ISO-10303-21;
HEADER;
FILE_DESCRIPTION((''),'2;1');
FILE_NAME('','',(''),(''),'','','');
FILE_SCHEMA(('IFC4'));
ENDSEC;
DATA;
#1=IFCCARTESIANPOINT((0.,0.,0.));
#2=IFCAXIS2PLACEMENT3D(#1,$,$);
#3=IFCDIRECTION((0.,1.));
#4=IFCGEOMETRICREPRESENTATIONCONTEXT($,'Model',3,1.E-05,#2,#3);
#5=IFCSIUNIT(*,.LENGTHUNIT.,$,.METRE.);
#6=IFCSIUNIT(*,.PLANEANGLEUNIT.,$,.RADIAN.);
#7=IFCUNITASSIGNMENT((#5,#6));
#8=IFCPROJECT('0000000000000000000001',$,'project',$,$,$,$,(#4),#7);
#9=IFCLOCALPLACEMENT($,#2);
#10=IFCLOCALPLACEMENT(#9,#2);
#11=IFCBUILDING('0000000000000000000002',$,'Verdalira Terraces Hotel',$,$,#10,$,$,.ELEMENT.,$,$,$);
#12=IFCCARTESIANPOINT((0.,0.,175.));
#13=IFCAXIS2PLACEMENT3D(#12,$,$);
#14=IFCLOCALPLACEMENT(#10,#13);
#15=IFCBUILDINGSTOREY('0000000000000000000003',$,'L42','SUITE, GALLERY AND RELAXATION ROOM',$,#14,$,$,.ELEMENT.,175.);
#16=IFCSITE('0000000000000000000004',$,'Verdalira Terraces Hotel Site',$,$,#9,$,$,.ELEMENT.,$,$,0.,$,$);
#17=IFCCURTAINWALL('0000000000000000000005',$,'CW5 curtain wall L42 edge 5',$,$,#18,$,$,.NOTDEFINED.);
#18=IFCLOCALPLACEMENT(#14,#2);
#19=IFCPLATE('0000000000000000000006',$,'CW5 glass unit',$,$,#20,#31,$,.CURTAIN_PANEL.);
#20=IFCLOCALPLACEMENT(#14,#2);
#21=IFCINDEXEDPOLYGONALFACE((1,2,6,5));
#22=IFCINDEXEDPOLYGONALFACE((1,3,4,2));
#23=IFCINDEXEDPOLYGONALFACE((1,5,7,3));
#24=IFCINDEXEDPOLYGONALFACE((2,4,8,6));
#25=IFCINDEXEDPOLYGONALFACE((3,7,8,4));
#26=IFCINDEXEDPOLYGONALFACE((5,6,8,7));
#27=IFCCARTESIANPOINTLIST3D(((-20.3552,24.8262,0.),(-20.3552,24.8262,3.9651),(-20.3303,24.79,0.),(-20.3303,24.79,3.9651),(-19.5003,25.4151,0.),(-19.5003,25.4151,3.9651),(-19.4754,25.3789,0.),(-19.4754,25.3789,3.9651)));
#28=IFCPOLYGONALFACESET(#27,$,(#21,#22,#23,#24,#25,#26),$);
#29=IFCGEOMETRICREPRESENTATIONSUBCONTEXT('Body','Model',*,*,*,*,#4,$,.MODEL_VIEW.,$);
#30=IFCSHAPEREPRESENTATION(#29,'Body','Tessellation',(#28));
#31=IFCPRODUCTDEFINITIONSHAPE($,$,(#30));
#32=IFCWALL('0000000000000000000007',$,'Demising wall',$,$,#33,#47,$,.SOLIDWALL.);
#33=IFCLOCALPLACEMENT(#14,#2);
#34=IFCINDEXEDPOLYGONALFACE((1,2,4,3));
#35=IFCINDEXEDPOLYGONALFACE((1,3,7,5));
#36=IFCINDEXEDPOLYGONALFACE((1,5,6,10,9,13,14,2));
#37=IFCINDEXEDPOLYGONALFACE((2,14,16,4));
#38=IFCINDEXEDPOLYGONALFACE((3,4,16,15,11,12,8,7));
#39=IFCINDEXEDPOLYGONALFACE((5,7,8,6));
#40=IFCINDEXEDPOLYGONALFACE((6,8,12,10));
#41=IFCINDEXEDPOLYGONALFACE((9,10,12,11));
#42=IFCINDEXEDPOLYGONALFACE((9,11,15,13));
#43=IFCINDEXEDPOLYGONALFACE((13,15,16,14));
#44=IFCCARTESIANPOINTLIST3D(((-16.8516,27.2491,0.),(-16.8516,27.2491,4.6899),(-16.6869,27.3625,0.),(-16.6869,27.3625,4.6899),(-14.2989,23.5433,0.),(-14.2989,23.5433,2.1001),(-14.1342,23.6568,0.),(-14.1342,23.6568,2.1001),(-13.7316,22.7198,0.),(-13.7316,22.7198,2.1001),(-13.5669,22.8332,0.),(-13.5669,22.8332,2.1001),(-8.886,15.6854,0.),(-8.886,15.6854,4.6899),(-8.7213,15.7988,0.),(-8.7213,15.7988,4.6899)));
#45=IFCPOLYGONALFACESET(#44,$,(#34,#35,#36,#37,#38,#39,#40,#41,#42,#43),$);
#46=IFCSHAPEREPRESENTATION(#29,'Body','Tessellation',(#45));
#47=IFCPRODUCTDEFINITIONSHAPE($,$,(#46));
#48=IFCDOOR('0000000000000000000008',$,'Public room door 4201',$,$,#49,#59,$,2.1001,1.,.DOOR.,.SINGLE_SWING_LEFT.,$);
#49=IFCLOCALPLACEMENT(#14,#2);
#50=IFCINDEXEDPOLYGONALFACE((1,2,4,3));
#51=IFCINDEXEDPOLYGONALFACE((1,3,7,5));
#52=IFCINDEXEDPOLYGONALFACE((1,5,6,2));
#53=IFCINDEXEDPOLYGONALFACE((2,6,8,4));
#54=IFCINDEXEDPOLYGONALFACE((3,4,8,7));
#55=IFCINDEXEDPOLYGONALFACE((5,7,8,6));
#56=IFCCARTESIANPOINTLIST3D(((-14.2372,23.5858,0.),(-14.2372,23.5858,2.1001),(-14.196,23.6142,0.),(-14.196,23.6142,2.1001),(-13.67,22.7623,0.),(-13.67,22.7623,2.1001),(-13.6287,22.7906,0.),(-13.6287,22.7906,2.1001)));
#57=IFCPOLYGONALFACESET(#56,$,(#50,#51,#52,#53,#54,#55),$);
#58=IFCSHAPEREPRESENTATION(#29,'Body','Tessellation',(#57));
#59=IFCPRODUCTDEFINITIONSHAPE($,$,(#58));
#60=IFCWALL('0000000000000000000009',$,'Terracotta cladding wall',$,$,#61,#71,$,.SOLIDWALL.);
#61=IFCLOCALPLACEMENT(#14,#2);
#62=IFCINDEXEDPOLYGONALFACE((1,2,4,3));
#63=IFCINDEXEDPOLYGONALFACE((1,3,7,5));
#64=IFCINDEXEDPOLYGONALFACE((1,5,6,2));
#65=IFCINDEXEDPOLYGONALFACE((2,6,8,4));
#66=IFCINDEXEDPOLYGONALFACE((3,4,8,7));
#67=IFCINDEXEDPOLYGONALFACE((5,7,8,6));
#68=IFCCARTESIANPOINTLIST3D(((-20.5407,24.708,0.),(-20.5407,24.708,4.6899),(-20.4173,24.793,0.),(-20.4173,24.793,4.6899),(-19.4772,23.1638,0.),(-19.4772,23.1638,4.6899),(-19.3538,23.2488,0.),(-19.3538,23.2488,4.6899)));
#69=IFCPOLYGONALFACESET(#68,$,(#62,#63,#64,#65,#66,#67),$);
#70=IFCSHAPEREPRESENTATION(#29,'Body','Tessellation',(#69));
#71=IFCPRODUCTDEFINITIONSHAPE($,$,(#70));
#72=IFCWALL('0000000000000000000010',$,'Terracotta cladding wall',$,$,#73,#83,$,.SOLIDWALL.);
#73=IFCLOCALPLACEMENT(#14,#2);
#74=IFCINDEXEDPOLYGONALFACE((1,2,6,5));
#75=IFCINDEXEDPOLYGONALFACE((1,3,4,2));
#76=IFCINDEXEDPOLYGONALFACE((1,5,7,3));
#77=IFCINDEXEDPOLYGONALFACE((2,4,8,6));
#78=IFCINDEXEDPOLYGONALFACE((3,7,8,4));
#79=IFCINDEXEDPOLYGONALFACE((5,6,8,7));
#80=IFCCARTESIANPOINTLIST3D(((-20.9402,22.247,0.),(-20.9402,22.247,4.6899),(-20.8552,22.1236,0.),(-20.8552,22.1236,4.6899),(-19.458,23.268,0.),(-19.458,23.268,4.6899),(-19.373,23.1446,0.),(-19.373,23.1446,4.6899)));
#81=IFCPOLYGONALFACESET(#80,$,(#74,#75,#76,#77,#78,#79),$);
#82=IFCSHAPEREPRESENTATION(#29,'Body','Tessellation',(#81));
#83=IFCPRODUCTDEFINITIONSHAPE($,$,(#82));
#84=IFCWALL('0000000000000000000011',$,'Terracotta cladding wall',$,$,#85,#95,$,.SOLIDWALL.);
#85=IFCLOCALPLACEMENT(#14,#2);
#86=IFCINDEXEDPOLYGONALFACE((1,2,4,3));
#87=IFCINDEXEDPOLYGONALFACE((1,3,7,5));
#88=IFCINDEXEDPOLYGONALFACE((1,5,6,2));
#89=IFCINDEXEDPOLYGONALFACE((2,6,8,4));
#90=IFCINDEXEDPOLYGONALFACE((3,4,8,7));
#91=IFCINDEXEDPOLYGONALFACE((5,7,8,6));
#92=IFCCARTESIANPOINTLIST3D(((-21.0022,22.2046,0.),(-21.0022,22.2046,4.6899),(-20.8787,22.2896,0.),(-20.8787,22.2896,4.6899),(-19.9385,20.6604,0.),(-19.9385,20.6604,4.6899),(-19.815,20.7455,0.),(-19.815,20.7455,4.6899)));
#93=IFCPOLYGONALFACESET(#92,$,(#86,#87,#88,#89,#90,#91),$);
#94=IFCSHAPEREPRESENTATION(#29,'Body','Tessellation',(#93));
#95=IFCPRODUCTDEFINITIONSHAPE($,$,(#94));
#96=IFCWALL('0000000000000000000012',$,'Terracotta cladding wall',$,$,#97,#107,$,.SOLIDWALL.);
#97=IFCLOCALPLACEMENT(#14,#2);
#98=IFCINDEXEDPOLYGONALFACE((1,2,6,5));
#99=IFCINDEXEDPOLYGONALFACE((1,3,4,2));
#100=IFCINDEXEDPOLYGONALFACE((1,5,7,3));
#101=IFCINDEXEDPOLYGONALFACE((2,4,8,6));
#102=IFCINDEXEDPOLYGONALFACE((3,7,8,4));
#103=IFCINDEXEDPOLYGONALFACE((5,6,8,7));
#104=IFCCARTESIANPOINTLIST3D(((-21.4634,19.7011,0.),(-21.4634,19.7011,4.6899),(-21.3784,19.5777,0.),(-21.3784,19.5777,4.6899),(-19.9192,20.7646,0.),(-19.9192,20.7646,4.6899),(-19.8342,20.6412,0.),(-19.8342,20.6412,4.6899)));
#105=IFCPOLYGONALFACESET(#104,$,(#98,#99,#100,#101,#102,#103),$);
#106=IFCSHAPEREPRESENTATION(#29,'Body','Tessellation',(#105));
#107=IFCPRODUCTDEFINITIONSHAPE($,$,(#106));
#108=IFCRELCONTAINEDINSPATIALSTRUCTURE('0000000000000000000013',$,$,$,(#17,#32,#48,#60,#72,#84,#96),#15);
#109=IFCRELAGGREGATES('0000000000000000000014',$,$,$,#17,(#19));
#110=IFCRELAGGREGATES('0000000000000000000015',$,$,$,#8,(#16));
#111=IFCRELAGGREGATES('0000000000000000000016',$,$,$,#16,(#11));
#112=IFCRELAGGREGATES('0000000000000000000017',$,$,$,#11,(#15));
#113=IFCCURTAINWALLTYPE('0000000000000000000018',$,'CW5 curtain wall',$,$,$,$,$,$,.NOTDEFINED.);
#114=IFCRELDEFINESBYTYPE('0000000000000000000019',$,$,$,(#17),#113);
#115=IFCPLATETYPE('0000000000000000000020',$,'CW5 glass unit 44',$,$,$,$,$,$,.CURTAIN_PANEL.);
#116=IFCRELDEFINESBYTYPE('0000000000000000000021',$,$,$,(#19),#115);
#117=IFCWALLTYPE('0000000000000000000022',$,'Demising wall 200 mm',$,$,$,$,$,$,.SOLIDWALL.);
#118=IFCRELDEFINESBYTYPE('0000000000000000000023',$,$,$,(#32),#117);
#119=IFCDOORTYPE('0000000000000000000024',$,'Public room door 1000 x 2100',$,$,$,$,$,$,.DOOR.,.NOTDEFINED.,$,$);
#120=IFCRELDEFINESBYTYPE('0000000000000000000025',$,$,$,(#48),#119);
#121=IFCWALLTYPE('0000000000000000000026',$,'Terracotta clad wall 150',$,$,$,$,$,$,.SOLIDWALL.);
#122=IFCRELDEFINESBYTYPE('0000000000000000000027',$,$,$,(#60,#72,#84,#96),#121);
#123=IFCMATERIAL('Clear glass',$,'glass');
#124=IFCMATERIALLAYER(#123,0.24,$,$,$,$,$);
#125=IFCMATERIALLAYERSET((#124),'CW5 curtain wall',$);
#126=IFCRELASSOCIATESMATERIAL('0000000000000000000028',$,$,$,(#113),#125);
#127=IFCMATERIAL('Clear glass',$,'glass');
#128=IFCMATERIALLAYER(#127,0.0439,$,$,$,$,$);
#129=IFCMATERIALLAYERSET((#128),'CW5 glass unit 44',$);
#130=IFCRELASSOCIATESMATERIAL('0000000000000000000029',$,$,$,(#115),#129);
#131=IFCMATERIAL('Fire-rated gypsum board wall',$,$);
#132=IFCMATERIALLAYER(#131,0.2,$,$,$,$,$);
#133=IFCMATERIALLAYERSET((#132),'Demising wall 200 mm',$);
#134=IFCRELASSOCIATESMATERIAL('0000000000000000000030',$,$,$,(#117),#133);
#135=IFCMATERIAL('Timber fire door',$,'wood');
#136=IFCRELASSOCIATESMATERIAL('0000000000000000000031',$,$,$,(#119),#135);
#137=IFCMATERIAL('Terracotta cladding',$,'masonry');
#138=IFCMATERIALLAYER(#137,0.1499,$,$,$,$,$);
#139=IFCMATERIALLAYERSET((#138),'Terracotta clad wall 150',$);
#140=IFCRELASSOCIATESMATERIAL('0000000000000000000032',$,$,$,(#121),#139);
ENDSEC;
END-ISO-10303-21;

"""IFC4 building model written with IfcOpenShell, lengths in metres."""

from ifc_helpers import new_model, si_unit, direction, frame, frame_2d, origin, origin_2d, place, context, subcontext, project, spatial, rectangle, extrude, material, layer, layer_set, type_object, element, fill, aggregate, save


model = new_model("IFC4")

# Units and contexts
model_context = context("Model", 3, precision=1e-05, world=origin(), true_north=direction((0.0, 1.0)))
body_context = subcontext(model_context, "Body", "Model", "MODEL_VIEW")
ifc_project = project(units=[si_unit("LENGTHUNIT", "METRE"), si_unit("PLANEANGLEUNIT", "RADIAN")], contexts=[model_context])

# Site, building, storey
site_placement = place(None, origin())
site = spatial("IfcSite", under=ifc_project, at=site_placement, Name="Verdalira Terraces Hotel Site", CompositionType="ELEMENT", RefElevation=0.0)
building_placement = place(site_placement, origin())
building = spatial("IfcBuilding", under=site, at=building_placement, Name="Verdalira Terraces Hotel", CompositionType="ELEMENT")
storey_placement = place(building_placement, frame((0.0, 0.0, 175.0)))
storey = spatial("IfcBuildingStorey", under=building, at=storey_placement, Name="L42", Description="SUITE, GALLERY AND RELAXATION ROOM", CompositionType="ELEMENT", Elevation=175.0)

# Curtain wall
ifc_material_1 = material(Name="Clear glass", Category="glass")
ifc_layer_1 = layer(ifc_material_1, 0.24)
ifc_layer_set_1 = layer_set([ifc_layer_1], Name="CW5 curtain wall")
curtain_wall_type = type_object("IfcCurtainWallType", Name="CW5 curtain wall", PredefinedType="NOTDEFINED", material=ifc_layer_set_1)
curtain_wall_1_placement = place(storey_placement, origin())
curtain_wall_1 = element("IfcCurtainWall", 1, at=curtain_wall_1_placement, inside=storey, type_object=curtain_wall_type, Name="CW5 curtain wall L42 edge 5", PredefinedType="NOTDEFINED")

# Plate
ifc_material_2 = material(Name="Clear glass", Category="glass")
ifc_layer_2 = layer(ifc_material_2, 0.0439)
ifc_layer_set_2 = layer_set([ifc_layer_2], Name="CW5 glass unit 44")
plate_type = type_object("IfcPlateType", Name="CW5 glass unit 44", PredefinedType="CURTAIN_PANEL", material=ifc_layer_set_2)
plate_1_placement = place(storey_placement, frame((-19.9153, 25.1025, 0.0), z_axis=(0.0, 0.0, 1.0), x_axis=(-0.823533, -0.567269, 0.0)))
plate_1 = element("IfcPlate", 2, at=plate_1_placement, type_object=plate_type, Name="CW5 glass unit", PredefinedType="CURTAIN_PANEL", context=body_context, shape_type="SweptSolid", body=[
    extrude(rectangle(XDim=1.0381, YDim=0.0439, at=origin_2d()), origin(), (0.0, 0.0, 1.0), 3.9651),
])
aggregate(curtain_wall_1, [plate_1])

# Wall, opening, door
ifc_material_3 = material(Name="Fire-rated gypsum board wall")
ifc_layer_3 = layer(ifc_material_3, 0.2)
ifc_layer_set_3 = layer_set([ifc_layer_3], Name="Demising wall 200 mm")
wall_type_1 = type_object("IfcWallType", Name="Demising wall 200 mm", PredefinedType="SOLIDWALL", material=ifc_layer_set_3)
wall_1_placement = place(storey_placement, frame((-16.7693, 27.3059, 0.0), z_axis=(0.0, 0.0, 1.0), x_axis=(0.567279, -0.823526, 0.0)))
wall_1 = element("IfcWall", 3, at=wall_1_placement, inside=storey, type_object=wall_type_1, Name="Demising wall", PredefinedType="SOLIDWALL", context=body_context, shape_type="SweptSolid", body=[
    extrude(rectangle(XDim=14.0417, YDim=0.2, at=frame_2d((7.021, 0.0))), origin(), (0.0, 0.0, 1.0), 4.6899),
])
opening_placement = place(wall_1_placement, frame((4.5, 0.0, 0.0)))
opening = element("IfcOpeningElement", 4, at=opening_placement, cuts=wall_1, PredefinedType="OPENING", context=body_context, shape_type="SweptSolid", body=[
    extrude(rectangle(XDim=1.0, YDim=2.1001, at=frame_2d((0.5, 1.05))), frame((0.0, 0.1099, 0.0), z_axis=(0.0, -1.0, 0.0), x_axis=(1.0, 0.0, 0.0)), (0.0, 0.0, 1.0), 0.22),
])
ifc_material_4 = material(Name="Timber fire door", Category="wood")
door_type = type_object("IfcDoorType", Name="Public room door 1000 x 2100", OperationType="NOTDEFINED", PredefinedType="DOOR", material=ifc_material_4)
door_placement = place(opening_placement, origin())
door = element("IfcDoor", 5, at=door_placement, inside=storey, type_object=door_type, Name="Public room door 4201", OperationType="SINGLE_SWING_LEFT", OverallHeight=2.1001, OverallWidth=1.0, PredefinedType="DOOR", context=body_context, shape_type="SweptSolid", body=[
    extrude(rectangle(XDim=1.0, YDim=2.1001, at=frame_2d((0.5, 1.05))), frame((0.0, 0.0249, 0.0), z_axis=(0.0, -1.0, 0.0), x_axis=(1.0, 0.0, 0.0)), (0.0, 0.0, 1.0), 0.05),
])
fill(opening, door)

# Walls
ifc_material_5 = material(Name="Terracotta cladding", Category="masonry")
ifc_layer_4 = layer(ifc_material_5, 0.1499)
ifc_layer_set_4 = layer_set([ifc_layer_4], Name="Terracotta clad wall 150")
wall_type_2 = type_object("IfcWallType", Name="Terracotta clad wall 150", PredefinedType="SOLIDWALL", material=ifc_layer_set_4)
wall_2_placement = place(storey_placement, frame((-20.479, 24.7505, 0.0), z_axis=(0.0, 0.0, 1.0), x_axis=(0.567197, -0.823582, 0.0)))
element("IfcWall", 6, at=wall_2_placement, inside=storey, type_object=wall_type_2, Name="Terracotta cladding wall", PredefinedType="SOLIDWALL", context=body_context, shape_type="SweptSolid", body=[
    extrude(rectangle(XDim=1.875, YDim=0.1499, at=frame_2d((0.9375, 0.0))), origin(), (0.0, 0.0, 1.0), 4.6899),
])
wall_3_placement = place(storey_placement, frame((-19.4155, 23.2063, 0.0), z_axis=(0.0, 0.0, 1.0), x_axis=(-0.823523, -0.567283, 0.0)))
element("IfcWall", 7, at=wall_3_placement, inside=storey, type_object=wall_type_2, Name="Terracotta cladding wall", PredefinedType="SOLIDWALL", context=body_context, shape_type="SweptSolid", body=[
    extrude(rectangle(XDim=1.7998, YDim=0.1499, at=frame_2d((0.8999, 0.0))), origin(), (0.0, 0.0, 1.0), 4.6899),
])
for number, where, z_axis, x_axis, name in (
    (8, (-20.9404, 22.2471, 0.0), (0.0, 0.0, 1.0), (0.567286, -0.823521, 0.0), "Terracotta cladding wall"),
    (9, (-19.8767, 20.7029, 0.0), (0.0, 0.0, 1.0), (-0.823582, -0.567197, 0.0), "Terracotta cladding wall"),
):
    element("IfcWall", number, at=place(storey_placement, frame(where, z_axis=z_axis, x_axis=x_axis)), inside=storey, type_object=wall_type_2, Name=name, PredefinedType="SOLIDWALL", context=body_context, shape_type="SweptSolid", body=[
        extrude(rectangle(XDim=1.875, YDim=0.1499, at=frame_2d((0.9375, 0.0))), origin(), (0.0, 0.0, 1.0), 4.6899),
    ])

save(model, "model.ifc")
